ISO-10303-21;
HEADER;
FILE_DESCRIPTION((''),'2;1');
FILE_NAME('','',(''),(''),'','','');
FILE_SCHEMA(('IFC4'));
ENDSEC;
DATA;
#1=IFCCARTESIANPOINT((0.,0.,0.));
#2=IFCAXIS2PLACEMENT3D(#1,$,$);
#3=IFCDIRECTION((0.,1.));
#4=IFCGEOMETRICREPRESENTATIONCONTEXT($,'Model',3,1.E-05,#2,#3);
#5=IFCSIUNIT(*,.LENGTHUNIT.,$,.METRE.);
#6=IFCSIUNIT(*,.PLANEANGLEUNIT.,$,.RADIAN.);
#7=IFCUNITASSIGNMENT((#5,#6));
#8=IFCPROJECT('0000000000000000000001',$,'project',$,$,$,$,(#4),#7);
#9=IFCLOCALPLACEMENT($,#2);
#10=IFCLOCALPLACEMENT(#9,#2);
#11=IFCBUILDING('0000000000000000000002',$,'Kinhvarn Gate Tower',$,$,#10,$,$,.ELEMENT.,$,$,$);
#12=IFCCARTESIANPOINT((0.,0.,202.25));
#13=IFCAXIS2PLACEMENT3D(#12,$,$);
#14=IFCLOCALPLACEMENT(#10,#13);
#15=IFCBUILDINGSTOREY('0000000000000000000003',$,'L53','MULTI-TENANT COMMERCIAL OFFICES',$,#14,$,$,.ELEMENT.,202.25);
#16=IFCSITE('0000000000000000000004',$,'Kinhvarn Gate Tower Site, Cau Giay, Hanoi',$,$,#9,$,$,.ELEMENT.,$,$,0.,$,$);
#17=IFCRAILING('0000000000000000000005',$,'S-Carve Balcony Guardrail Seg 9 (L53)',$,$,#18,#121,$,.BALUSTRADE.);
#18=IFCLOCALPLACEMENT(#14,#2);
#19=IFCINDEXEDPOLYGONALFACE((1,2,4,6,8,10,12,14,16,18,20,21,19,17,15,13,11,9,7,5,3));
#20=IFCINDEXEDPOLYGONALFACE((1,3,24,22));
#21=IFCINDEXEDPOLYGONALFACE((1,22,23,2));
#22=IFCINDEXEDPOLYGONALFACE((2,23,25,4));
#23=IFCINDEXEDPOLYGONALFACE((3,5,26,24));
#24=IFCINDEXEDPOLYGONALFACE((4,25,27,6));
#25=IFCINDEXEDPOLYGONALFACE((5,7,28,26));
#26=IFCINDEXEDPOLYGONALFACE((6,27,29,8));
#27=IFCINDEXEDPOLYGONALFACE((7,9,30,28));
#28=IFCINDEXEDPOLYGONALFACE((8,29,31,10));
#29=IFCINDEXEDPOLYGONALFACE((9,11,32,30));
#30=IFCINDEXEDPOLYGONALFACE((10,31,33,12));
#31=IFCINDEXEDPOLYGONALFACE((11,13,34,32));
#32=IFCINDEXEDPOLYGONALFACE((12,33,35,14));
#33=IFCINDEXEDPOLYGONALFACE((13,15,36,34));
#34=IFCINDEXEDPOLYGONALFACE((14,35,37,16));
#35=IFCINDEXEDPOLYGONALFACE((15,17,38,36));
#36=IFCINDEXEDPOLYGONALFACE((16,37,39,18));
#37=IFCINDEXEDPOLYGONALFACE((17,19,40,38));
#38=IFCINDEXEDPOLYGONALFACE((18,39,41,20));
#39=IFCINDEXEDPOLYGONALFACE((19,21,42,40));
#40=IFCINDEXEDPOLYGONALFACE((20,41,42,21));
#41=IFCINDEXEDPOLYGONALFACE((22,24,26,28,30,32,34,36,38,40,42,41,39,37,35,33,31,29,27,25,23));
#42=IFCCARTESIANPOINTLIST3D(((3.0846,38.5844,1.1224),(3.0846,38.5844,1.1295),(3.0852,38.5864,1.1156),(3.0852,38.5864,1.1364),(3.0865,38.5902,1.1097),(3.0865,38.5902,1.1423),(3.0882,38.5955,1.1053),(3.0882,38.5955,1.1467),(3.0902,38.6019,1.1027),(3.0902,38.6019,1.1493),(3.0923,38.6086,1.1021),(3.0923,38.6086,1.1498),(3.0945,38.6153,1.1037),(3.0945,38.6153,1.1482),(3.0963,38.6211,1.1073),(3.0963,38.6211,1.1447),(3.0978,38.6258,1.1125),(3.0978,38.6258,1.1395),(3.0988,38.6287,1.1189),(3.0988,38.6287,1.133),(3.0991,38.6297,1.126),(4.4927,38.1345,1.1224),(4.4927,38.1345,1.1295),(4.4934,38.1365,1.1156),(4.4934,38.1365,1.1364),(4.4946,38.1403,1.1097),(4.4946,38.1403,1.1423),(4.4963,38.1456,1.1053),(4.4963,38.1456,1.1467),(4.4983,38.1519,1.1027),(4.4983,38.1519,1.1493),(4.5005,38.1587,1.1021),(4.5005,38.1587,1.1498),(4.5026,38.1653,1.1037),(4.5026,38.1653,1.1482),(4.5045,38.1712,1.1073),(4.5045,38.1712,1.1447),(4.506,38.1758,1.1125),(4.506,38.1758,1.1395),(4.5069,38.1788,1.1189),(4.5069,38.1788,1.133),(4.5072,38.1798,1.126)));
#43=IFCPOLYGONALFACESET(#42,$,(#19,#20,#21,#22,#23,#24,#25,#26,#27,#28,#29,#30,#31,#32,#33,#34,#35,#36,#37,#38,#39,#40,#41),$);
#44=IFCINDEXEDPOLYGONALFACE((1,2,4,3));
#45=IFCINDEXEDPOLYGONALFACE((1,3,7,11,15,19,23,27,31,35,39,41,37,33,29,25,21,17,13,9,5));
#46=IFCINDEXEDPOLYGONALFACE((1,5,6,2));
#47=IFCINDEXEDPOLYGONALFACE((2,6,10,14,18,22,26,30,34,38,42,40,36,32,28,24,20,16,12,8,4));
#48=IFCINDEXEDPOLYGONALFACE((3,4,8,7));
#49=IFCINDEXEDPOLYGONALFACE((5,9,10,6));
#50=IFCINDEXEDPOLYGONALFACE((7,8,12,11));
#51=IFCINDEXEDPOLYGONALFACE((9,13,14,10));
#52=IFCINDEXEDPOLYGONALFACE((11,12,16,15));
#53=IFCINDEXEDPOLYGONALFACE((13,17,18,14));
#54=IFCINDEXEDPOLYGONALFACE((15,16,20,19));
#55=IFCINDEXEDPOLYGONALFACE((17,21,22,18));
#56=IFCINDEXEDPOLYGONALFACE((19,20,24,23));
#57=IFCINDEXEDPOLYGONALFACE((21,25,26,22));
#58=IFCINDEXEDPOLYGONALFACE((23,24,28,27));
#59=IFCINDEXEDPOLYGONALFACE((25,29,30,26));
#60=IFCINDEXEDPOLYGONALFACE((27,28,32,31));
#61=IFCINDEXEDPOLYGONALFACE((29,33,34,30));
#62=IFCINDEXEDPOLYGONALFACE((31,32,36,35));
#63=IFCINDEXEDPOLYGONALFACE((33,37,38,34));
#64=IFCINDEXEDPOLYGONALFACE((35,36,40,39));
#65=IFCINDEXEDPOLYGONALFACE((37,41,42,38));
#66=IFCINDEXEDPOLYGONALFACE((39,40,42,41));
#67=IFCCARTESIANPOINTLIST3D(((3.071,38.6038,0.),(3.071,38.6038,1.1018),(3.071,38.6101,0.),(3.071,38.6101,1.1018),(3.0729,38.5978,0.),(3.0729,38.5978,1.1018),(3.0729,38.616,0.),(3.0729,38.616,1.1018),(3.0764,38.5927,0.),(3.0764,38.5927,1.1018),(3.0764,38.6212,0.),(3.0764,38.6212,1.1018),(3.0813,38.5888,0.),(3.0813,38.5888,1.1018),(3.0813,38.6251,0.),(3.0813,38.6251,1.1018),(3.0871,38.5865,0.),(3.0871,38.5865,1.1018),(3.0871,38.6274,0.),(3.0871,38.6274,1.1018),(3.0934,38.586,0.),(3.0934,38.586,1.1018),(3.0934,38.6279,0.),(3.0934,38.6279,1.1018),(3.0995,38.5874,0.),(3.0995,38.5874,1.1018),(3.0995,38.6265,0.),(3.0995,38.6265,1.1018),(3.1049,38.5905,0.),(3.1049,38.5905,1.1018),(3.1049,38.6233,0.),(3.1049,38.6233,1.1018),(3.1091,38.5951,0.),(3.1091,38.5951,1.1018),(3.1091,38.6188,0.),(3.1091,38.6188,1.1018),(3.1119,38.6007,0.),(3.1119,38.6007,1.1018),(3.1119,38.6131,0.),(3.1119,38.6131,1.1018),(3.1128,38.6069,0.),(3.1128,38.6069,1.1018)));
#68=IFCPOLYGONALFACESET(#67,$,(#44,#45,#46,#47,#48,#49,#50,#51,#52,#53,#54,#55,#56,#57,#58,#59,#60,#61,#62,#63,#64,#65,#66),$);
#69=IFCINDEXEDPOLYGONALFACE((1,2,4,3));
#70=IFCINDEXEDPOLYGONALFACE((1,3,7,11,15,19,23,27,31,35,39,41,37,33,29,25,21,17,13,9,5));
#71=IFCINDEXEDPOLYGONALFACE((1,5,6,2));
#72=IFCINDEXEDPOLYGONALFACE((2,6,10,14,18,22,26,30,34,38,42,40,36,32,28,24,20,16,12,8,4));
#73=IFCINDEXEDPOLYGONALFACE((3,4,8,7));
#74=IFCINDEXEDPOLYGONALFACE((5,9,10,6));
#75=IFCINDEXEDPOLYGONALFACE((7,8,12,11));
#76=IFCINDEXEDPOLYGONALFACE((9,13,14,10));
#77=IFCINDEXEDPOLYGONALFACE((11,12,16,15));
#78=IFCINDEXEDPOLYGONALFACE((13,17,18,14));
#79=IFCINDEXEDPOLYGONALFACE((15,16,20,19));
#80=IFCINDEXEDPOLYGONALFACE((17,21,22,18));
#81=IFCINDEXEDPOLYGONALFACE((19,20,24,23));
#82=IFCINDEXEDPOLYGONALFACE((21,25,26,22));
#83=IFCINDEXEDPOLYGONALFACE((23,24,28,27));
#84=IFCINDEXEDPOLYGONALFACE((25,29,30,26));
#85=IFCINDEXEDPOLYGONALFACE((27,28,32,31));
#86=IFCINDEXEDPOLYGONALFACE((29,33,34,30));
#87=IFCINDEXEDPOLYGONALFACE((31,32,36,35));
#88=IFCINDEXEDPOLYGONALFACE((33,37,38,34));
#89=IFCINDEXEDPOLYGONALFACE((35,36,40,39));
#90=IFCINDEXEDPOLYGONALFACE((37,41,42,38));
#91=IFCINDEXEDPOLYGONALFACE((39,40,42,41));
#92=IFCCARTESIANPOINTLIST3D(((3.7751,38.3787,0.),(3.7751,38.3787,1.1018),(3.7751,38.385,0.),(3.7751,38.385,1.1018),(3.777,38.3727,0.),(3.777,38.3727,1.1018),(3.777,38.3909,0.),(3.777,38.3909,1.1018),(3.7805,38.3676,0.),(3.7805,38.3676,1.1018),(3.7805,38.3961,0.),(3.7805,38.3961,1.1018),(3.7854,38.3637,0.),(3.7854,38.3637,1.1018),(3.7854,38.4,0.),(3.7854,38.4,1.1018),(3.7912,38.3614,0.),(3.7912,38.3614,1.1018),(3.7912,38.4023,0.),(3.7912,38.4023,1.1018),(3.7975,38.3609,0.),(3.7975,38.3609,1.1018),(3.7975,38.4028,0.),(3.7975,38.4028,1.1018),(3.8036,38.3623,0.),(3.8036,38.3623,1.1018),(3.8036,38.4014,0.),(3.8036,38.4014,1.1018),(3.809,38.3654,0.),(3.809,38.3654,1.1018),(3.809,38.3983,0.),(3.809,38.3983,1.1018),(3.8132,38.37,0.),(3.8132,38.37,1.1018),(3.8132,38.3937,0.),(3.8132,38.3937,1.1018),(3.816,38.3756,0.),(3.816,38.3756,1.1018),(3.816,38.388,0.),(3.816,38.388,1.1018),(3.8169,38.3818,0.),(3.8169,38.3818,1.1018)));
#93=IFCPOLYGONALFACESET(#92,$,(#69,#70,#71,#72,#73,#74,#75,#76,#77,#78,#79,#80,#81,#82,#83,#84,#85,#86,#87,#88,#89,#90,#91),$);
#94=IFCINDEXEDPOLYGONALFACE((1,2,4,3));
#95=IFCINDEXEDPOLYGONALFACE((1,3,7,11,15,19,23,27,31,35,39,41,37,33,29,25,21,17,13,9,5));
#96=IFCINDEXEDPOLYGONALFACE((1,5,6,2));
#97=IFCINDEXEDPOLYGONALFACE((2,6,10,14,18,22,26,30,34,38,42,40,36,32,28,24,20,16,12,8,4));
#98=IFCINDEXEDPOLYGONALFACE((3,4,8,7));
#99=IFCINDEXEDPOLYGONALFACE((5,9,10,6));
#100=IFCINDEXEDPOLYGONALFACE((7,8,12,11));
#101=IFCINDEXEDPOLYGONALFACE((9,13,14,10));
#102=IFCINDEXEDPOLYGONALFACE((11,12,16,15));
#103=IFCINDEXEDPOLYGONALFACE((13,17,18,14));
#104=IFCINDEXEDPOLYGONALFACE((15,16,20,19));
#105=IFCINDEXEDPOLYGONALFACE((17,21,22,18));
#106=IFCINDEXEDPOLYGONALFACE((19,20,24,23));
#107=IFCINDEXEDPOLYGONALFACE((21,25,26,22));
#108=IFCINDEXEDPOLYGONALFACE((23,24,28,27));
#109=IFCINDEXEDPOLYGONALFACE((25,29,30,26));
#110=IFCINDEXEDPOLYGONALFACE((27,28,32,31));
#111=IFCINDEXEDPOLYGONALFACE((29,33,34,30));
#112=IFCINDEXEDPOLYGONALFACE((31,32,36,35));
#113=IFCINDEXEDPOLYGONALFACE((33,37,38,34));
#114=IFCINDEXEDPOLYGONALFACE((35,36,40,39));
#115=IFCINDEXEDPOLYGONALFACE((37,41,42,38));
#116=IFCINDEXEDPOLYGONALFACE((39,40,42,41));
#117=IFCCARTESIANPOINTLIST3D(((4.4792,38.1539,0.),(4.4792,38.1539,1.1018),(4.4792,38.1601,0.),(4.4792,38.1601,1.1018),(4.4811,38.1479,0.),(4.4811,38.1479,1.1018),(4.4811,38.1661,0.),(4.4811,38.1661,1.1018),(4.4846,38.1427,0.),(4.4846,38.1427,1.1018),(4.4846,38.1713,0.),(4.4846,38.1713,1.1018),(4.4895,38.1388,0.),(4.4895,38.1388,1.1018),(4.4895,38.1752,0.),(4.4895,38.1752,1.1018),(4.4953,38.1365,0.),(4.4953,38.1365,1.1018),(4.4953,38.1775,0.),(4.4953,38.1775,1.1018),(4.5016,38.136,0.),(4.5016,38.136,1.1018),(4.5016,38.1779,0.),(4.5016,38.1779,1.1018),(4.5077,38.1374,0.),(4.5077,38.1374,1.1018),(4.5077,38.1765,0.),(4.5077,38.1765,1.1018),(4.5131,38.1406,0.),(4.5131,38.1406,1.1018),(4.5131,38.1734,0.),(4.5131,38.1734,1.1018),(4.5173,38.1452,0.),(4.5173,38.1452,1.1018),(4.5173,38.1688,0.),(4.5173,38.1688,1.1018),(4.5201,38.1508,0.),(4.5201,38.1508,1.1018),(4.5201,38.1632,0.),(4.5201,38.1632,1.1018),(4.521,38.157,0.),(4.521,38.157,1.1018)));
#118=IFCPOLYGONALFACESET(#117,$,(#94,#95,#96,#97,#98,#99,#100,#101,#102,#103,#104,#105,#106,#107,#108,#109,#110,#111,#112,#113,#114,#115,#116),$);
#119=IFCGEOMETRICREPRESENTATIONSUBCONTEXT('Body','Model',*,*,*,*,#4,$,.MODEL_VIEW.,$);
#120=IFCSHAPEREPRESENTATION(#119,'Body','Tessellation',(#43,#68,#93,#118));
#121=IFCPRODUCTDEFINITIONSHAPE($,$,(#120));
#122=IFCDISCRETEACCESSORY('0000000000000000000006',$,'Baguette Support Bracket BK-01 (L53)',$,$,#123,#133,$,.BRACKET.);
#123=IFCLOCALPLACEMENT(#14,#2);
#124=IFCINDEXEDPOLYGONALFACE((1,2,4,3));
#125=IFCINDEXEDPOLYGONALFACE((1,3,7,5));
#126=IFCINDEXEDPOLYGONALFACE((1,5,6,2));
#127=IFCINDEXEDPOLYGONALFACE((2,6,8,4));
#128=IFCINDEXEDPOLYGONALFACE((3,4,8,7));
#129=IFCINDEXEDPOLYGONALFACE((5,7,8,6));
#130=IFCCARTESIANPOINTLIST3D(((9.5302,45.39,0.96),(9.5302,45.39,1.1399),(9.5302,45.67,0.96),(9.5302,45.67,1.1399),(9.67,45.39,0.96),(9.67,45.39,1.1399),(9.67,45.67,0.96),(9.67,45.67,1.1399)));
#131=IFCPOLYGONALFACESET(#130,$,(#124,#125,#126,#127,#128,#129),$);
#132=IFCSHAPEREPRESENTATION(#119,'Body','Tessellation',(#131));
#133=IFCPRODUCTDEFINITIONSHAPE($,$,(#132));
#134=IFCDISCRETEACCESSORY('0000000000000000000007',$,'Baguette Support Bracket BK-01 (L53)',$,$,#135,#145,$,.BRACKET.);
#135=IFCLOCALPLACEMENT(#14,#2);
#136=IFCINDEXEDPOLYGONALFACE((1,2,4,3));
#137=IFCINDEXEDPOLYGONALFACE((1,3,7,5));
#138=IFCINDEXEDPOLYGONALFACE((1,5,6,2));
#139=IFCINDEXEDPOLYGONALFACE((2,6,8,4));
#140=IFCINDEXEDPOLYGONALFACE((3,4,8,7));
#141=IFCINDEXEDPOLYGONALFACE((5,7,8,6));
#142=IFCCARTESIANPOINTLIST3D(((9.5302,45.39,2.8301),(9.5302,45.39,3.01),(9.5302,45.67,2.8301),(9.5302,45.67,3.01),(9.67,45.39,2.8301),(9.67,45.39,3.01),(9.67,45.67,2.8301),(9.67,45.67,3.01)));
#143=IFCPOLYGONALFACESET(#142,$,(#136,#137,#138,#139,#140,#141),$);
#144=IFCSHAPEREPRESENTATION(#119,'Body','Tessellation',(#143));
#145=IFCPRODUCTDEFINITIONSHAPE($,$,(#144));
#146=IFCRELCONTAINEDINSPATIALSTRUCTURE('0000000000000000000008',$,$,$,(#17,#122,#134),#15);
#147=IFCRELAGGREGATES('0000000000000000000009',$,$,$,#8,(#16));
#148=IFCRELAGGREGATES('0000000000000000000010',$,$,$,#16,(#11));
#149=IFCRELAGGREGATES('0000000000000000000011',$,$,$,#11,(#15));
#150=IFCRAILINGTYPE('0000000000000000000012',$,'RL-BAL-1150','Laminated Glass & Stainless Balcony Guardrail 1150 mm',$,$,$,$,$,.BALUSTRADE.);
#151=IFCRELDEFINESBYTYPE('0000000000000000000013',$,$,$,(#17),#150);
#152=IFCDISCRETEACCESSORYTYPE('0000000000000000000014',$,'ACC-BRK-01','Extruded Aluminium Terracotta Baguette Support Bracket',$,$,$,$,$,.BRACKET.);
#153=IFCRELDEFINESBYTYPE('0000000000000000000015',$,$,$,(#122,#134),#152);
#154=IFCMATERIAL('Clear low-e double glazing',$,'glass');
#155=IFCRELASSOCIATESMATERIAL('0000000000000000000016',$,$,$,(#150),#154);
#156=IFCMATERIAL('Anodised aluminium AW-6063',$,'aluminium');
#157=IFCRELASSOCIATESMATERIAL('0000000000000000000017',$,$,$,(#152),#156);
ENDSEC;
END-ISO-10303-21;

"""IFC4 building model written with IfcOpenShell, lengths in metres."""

from ifc_helpers import new_model, si_unit, direction, frame, origin, origin_2d, place, context, subcontext, project, spatial, rectangle, circle, extrude, material, type_object, element, save


model = new_model("IFC4")

# Units and contexts
model_context = context("Model", 3, precision=1e-05, world=origin(), true_north=direction((0.0, 1.0)))
body_context = subcontext(model_context, "Body", "Model", "MODEL_VIEW")
ifc_project = project(units=[si_unit("LENGTHUNIT", "METRE"), si_unit("PLANEANGLEUNIT", "RADIAN")], contexts=[model_context])

# Site, building, storey
site_placement = place(None, origin())
site = spatial("IfcSite", under=ifc_project, at=site_placement, Name="Kinhvarn Gate Tower Site, Cau Giay, Hanoi", CompositionType="ELEMENT", RefElevation=0.0)
building_placement = place(site_placement, origin())
building = spatial("IfcBuilding", under=site, at=building_placement, Name="Kinhvarn Gate Tower", CompositionType="ELEMENT")
storey_placement = place(building_placement, frame((0.0, 0.0, 202.25)))
storey = spatial("IfcBuildingStorey", under=building, at=storey_placement, Name="L53", Description="MULTI-TENANT COMMERCIAL OFFICES", CompositionType="ELEMENT", Elevation=202.25)

# Shared definitions
ifc_material_1 = material(Name="Anodised aluminium AW-6063", Category="aluminium")

# Shared definitions
ifc_material_2 = material(Name="Clear low-e double glazing", Category="glass")

# Railing
railing_type = type_object("IfcRailingType", Name="RL-BAL-1150", Description="Laminated Glass & Stainless Balcony Guardrail 1150 mm", PredefinedType="BALUSTRADE", material=ifc_material_2)
railing_1_placement = place(storey_placement, frame((3.0918, 38.6069, 0.0)))
element("IfcRailing", 1, at=railing_1_placement, inside=storey, type_object=railing_type, Name="S-Carve Balcony Guardrail Seg 9 (L53)", PredefinedType="BALUSTRADE", context=body_context, shape_type="SweptSolid", body=[
    extrude(circle(Radius=0.0239, at=origin_2d()), frame((0.0, 0.0, 1.126), z_axis=(0.952556, -0.304362, 0.0), x_axis=(0.304362, 0.952556, 0.0)), (0.0, 0.0, 1.0), 1.4783),
    extrude(circle(Radius=0.021, at=origin_2d()), origin(), (0.0, 0.0, 1.0), 1.1018),
    extrude(circle(Radius=0.021, at=origin_2d()), frame((0.7041, -0.2251, 0.0)), (0.0, 0.0, 1.0), 1.1018),
    extrude(circle(Radius=0.021, at=origin_2d()), frame((1.4082, -0.45, 0.0)), (0.0, 0.0, 1.0), 1.1018),
])

# Discrete accessories
discrete_accessory_type = type_object("IfcDiscreteAccessoryType", Name="ACC-BRK-01", Description="Extruded Aluminium Terracotta Baguette Support Bracket", PredefinedType="BRACKET", material=ifc_material_1)
for number, where, z_axis, x_axis, name in (
    (2, (9.6001, 45.53, 0.96), (0.0, 0.0, 1.0), (-1.0, 0.0, 0.0), "Baguette Support Bracket BK-01 (L53)"),
    (3, (9.6001, 45.53, 2.8301), (0.0, 0.0, 1.0), (-1.0, 0.0, 0.0), "Baguette Support Bracket BK-01 (L53)"),
):
    element("IfcDiscreteAccessory", number, at=place(storey_placement, frame(where, z_axis=z_axis, x_axis=x_axis)), inside=storey, type_object=discrete_accessory_type, Name=name, PredefinedType="BRACKET", context=body_context, shape_type="SweptSolid", body=[
        extrude(rectangle(XDim=0.1399, YDim=0.28, at=origin_2d()), origin(), (0.0, 0.0, 1.0), 0.1799),
    ])

save(model, "model.ifc")
